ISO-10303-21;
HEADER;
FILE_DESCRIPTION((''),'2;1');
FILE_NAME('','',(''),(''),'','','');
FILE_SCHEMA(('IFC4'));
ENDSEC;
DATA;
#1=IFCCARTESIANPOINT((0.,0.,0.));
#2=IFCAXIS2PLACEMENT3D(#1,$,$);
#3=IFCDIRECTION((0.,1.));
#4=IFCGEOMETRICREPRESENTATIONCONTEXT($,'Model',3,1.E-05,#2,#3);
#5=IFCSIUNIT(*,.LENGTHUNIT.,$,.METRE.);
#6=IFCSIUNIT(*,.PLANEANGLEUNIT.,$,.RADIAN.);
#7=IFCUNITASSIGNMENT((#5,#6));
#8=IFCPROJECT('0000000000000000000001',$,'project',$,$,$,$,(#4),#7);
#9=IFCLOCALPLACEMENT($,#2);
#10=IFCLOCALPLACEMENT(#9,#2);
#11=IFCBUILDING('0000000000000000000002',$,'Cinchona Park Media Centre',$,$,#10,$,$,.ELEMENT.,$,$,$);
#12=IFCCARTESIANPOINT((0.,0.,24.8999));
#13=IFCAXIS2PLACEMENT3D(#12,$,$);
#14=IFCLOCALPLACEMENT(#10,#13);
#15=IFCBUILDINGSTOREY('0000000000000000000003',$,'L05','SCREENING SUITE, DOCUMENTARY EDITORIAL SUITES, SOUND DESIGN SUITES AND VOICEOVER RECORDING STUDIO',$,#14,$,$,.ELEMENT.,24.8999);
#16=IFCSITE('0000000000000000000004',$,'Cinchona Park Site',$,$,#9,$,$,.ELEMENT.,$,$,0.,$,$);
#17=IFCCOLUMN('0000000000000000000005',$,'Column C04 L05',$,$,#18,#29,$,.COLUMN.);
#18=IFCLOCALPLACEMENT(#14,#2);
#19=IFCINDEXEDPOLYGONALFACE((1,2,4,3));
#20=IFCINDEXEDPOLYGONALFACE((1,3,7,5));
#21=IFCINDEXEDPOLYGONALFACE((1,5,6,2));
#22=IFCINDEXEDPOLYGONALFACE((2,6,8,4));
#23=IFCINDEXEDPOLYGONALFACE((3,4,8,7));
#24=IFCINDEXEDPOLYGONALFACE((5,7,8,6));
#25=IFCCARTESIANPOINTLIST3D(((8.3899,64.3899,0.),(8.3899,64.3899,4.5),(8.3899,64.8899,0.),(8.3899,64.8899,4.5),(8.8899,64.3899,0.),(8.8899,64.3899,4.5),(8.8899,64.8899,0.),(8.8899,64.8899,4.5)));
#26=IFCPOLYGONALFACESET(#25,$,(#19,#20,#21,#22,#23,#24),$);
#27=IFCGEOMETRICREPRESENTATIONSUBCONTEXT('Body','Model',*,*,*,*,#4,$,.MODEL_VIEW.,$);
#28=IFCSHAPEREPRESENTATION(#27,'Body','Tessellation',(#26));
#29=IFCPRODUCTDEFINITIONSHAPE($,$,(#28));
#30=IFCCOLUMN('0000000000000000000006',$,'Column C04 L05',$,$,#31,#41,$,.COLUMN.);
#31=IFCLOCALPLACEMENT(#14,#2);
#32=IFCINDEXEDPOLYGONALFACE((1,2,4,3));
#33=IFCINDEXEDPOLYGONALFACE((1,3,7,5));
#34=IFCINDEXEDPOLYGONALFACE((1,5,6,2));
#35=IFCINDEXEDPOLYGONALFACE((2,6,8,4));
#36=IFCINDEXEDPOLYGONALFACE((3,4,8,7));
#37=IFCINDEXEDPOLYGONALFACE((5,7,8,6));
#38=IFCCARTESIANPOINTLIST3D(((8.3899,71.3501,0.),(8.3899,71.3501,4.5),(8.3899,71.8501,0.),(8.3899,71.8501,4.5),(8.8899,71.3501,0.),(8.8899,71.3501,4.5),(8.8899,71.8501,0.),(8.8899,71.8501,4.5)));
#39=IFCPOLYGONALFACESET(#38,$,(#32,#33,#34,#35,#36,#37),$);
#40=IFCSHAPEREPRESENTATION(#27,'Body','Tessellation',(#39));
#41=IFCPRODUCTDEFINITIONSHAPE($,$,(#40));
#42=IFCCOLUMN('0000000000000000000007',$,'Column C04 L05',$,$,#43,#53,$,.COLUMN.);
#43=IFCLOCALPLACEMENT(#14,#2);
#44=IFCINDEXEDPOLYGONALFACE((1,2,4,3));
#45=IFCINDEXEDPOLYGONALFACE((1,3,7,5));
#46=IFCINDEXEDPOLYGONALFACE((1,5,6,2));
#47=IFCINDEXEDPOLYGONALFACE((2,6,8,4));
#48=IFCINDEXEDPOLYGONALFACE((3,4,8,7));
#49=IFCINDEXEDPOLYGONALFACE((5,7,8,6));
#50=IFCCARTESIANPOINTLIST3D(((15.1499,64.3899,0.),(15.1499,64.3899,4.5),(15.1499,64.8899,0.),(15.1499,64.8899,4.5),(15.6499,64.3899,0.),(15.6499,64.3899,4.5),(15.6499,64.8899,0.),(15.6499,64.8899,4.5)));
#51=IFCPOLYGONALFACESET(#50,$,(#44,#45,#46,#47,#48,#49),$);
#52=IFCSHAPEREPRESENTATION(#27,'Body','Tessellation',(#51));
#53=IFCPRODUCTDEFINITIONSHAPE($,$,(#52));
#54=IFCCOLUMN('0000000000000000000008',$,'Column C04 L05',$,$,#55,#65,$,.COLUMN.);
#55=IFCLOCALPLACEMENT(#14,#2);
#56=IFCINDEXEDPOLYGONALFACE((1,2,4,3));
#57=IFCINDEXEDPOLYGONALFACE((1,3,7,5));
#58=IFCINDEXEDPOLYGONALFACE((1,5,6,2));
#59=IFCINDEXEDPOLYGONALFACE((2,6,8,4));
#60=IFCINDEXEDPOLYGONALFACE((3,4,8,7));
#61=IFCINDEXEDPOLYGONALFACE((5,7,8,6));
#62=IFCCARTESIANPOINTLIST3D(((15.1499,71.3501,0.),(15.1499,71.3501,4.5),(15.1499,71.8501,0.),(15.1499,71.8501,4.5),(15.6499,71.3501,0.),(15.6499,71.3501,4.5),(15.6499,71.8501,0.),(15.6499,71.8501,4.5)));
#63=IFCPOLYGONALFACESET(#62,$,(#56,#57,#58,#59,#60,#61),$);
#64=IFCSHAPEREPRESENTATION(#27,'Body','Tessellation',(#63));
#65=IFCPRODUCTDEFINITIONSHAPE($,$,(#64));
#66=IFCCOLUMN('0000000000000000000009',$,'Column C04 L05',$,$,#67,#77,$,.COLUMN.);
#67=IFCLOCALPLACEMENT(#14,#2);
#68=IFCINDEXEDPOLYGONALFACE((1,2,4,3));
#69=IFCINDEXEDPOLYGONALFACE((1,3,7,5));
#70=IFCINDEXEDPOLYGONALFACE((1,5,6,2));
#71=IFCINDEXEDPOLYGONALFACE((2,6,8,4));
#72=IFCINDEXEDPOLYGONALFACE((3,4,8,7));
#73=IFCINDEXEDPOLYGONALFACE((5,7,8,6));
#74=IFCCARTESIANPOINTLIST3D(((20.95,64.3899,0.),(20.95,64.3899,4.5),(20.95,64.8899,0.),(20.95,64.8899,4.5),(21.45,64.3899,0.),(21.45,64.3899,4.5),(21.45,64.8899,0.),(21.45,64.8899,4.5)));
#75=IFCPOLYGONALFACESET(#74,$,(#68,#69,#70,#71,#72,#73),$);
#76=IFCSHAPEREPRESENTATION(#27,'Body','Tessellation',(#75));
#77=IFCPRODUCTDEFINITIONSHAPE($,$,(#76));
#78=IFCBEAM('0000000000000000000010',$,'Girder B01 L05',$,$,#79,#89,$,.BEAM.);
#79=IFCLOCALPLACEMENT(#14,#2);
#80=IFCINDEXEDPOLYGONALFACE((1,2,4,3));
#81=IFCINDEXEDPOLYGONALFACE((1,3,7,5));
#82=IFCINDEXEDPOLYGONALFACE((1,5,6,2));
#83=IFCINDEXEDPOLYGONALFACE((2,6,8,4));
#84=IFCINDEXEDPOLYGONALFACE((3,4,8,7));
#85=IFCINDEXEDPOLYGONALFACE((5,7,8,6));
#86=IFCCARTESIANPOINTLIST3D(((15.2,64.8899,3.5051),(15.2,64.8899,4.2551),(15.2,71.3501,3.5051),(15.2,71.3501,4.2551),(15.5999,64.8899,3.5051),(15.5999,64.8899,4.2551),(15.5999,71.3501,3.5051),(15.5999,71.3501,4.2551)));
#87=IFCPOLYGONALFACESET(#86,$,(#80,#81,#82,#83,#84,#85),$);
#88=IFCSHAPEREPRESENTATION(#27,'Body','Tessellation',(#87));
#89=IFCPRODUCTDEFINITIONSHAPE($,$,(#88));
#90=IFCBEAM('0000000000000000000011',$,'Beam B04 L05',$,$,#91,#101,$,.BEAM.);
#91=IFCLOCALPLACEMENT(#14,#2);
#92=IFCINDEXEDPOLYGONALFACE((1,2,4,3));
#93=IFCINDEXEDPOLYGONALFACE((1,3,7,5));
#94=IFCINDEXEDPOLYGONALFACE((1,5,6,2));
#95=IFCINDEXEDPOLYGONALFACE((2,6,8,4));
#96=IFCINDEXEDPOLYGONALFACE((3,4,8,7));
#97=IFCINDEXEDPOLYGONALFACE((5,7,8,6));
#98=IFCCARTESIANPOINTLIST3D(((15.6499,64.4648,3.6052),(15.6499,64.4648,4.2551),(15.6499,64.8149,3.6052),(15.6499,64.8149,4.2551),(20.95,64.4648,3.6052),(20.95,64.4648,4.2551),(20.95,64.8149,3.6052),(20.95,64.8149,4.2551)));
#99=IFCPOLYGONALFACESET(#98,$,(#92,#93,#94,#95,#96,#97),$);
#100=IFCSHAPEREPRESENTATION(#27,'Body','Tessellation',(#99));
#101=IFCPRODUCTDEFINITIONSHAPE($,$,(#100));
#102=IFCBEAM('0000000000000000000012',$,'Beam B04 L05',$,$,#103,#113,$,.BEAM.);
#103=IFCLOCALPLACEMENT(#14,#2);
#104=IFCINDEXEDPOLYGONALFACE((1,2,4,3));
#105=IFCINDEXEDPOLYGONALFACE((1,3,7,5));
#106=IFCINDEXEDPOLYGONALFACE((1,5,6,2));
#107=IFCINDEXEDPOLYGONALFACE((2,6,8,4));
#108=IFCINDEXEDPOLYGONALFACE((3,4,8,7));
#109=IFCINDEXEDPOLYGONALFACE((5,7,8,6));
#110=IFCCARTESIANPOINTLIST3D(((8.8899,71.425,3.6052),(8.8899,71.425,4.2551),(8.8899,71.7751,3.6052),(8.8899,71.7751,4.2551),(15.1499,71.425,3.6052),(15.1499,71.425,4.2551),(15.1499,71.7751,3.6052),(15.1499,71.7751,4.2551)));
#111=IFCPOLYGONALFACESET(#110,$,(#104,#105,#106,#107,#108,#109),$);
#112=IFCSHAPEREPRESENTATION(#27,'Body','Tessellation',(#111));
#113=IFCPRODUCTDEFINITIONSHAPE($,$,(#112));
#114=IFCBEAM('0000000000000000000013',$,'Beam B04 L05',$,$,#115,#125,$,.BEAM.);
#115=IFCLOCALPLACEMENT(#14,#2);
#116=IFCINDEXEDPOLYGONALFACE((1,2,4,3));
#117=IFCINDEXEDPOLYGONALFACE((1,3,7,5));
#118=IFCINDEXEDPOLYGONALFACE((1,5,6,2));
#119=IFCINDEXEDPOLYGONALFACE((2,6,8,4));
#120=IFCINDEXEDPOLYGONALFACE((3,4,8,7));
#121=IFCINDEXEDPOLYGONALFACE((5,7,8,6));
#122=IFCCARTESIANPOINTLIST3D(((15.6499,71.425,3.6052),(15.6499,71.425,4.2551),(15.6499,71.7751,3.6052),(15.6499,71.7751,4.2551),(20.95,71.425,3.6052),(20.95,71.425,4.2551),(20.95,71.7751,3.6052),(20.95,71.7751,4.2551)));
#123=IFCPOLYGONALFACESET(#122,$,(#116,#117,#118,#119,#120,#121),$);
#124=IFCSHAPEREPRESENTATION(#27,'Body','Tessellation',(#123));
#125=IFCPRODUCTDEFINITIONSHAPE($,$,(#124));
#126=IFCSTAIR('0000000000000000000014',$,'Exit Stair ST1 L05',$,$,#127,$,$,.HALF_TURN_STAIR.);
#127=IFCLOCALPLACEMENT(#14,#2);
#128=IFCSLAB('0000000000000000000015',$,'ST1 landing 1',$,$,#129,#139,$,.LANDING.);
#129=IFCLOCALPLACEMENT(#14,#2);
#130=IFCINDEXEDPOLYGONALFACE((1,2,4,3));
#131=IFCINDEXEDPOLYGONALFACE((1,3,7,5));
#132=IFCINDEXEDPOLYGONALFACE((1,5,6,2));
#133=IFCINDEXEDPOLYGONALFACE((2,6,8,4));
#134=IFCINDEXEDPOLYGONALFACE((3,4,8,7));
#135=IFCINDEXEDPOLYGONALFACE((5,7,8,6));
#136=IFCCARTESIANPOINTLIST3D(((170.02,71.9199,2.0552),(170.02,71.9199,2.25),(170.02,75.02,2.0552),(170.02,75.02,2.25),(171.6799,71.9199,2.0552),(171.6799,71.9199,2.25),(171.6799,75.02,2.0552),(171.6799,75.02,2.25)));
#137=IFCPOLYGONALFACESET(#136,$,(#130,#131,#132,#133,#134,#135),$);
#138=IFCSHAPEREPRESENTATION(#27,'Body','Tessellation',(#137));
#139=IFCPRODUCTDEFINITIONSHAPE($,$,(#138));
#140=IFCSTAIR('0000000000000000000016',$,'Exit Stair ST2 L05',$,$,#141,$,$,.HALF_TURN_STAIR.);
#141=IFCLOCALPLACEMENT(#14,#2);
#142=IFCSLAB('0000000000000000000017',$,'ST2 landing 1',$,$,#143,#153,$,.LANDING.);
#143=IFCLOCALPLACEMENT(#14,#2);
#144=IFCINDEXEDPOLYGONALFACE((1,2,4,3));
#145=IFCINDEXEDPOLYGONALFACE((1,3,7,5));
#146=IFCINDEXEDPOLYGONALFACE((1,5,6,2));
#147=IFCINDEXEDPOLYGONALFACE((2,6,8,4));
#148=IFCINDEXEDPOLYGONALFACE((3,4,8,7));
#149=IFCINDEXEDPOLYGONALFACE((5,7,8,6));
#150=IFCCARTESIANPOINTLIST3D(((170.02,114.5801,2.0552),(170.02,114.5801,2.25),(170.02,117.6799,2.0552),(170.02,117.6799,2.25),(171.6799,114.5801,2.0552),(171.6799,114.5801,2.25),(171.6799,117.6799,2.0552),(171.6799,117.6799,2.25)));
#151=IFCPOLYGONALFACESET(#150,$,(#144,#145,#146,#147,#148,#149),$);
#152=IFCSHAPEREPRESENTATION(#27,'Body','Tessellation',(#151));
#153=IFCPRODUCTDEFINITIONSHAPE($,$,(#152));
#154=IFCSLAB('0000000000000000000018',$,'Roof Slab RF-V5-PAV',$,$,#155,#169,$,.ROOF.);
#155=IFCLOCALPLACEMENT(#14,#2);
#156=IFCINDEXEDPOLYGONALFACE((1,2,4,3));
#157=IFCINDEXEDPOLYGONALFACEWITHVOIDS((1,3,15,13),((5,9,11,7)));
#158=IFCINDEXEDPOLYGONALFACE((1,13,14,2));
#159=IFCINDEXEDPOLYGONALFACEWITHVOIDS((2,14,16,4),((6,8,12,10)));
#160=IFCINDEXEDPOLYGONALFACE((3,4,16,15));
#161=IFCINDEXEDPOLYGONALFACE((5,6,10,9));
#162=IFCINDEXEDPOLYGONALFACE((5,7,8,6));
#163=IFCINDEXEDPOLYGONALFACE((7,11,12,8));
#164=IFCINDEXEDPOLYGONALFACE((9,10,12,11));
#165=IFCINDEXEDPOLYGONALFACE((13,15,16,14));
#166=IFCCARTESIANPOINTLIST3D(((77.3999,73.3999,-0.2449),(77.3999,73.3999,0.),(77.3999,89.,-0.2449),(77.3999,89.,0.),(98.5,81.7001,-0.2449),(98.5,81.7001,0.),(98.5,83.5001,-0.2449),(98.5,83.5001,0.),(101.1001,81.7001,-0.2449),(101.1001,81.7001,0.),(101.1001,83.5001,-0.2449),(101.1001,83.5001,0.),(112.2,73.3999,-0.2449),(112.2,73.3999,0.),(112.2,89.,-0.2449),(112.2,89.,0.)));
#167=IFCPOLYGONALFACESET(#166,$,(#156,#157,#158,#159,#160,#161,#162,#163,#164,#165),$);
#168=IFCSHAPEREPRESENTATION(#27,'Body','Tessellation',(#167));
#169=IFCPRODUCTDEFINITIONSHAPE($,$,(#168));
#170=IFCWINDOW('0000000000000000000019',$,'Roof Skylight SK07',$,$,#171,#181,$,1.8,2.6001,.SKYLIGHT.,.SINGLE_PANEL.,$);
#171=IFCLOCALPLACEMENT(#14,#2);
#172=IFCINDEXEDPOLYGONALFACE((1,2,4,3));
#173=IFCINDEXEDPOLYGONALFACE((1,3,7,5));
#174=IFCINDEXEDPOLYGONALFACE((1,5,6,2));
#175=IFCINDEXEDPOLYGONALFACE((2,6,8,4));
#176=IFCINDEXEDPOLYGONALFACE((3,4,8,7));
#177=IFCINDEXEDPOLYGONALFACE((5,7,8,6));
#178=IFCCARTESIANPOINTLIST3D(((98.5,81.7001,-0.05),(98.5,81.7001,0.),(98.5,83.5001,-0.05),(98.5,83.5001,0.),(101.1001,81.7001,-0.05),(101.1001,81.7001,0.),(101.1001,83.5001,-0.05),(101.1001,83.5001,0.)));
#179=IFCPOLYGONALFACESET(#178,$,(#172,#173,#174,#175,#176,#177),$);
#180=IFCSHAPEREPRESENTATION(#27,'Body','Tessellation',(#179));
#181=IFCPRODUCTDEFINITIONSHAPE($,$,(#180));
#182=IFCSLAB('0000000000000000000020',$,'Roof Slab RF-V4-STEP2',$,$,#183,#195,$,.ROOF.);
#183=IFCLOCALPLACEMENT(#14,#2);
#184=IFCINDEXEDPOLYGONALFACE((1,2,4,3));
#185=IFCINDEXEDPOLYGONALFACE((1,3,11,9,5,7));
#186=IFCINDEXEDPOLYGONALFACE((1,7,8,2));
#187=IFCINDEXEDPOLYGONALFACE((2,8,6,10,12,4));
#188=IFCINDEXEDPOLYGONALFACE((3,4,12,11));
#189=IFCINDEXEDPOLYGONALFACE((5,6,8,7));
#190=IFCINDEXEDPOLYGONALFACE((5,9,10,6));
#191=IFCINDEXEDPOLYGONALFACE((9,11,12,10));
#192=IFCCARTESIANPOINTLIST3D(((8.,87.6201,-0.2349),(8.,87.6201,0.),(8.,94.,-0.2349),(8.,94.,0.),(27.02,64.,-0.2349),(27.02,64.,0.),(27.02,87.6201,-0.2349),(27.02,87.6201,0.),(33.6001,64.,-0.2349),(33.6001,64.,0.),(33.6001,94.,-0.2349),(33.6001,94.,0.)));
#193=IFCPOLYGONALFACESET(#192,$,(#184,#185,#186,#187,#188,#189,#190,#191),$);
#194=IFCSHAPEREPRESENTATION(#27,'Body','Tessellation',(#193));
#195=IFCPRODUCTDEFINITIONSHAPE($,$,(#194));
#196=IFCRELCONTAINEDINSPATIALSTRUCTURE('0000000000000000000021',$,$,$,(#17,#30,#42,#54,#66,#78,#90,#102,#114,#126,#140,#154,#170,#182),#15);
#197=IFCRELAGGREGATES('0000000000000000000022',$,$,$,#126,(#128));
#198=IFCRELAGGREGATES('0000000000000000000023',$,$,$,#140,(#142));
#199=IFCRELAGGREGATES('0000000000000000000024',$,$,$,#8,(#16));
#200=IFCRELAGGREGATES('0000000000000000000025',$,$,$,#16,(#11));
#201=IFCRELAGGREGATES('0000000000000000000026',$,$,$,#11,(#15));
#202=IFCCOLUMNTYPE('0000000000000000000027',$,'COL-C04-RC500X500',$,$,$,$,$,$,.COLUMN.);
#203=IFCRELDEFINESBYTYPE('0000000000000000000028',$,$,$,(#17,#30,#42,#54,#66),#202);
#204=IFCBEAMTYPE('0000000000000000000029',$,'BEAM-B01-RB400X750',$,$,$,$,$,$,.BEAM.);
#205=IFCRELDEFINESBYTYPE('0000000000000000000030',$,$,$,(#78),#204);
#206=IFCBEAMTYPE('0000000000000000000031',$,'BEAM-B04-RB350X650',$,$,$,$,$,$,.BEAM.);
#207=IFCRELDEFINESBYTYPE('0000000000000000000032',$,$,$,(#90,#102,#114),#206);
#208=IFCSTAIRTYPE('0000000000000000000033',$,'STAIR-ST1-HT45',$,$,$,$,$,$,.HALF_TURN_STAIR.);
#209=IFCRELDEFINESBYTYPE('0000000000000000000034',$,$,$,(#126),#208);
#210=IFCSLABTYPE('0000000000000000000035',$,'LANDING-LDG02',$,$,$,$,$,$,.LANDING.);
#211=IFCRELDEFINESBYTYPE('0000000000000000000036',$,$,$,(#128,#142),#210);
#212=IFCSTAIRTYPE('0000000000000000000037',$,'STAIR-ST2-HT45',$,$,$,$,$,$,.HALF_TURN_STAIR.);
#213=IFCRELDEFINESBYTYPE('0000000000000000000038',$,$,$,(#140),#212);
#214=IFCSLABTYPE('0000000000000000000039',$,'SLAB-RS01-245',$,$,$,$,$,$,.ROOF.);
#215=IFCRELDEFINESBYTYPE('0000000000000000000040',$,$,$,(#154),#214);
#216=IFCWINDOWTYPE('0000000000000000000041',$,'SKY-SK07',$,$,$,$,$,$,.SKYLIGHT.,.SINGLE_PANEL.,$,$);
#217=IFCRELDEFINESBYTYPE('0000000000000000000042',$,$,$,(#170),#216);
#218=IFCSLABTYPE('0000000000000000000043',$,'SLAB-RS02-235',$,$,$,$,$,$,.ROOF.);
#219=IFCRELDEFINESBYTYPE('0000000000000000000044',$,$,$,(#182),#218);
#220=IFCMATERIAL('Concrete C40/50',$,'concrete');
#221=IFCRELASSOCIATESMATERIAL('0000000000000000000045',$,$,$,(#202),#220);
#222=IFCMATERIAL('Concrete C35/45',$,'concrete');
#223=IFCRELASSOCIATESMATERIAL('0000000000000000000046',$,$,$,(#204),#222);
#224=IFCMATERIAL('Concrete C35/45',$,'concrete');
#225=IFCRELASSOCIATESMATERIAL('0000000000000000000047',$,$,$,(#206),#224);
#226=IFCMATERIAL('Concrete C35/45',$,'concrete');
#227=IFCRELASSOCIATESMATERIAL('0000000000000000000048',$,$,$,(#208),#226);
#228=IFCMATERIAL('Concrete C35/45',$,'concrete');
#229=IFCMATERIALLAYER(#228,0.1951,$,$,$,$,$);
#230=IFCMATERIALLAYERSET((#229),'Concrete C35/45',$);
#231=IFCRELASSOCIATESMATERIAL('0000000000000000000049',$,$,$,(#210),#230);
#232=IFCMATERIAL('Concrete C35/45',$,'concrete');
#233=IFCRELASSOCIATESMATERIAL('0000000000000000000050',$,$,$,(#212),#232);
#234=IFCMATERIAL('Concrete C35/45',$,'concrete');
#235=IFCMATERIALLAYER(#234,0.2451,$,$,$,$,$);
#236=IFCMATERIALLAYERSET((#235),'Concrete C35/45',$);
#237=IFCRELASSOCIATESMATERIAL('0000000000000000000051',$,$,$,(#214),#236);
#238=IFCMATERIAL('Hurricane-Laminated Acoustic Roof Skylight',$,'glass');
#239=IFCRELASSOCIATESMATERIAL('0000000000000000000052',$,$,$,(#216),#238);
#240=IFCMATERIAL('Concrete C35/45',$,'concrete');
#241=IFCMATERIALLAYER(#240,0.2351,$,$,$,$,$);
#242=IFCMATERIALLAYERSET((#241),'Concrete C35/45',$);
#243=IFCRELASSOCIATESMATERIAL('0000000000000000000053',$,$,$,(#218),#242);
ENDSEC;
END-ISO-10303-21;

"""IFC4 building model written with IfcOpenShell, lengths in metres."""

from ifc_helpers import new_model, si_unit, direction, frame, origin, origin_2d, place, context, subcontext, project, spatial, polyline, rectangle, outline, extrude, material, layer, layer_set, material_profile, profile_set, type_object, element, fill, aggregate, save


model = new_model("IFC4")

# Units and contexts
model_context = context("Model", 3, precision=1e-05, world=origin(), true_north=direction((0.0, 1.0)))
body_context = subcontext(model_context, "Body", "Model", "MODEL_VIEW")
ifc_project = project(units=[si_unit("LENGTHUNIT", "METRE"), si_unit("PLANEANGLEUNIT", "RADIAN")], contexts=[model_context])

# Site, building, storey
site_placement = place(None, origin())
site = spatial("IfcSite", under=ifc_project, at=site_placement, Name="Cinchona Park Site", CompositionType="ELEMENT", RefElevation=0.0)
building_placement = place(site_placement, origin())
building = spatial("IfcBuilding", under=site, at=building_placement, Name="Cinchona Park Media Centre", CompositionType="ELEMENT")
storey_placement = place(building_placement, frame((0.0, 0.0, 24.8999)))
storey = spatial("IfcBuildingStorey", under=building, at=storey_placement, Name="L05", Description="SCREENING SUITE, DOCUMENTARY EDITORIAL SUITES, SOUND DESIGN SUITES AND VOICEOVER RECORDING STUDIO", CompositionType="ELEMENT", Elevation=24.8999)

# Columns
ifc_material_1 = material(Name="Concrete C40/50", Category="concrete")
ifc_material_profile_1 = material_profile(ifc_material_1, rectangle(XDim=0.5, YDim=0.5, at=origin_2d()), Name="RC 500X500")
ifc_profile_set_1 = profile_set([ifc_material_profile_1], Name="Concrete C40/50")
column_type = type_object("IfcColumnType", Name="COL-C04-RC500X500", PredefinedType="COLUMN", material=ifc_profile_set_1)
for number, where, z_axis, x_axis, name in (
    (1, (8.6399, 64.6399, 0.0), (0.0, 0.0, 1.0), (1.0, 0.0, 0.0), "Column C04 L05"),
    (2, (8.6399, 71.6001, 0.0), (0.0, 0.0, 1.0), (1.0, 0.0, 0.0), "Column C04 L05"),
    (3, (15.3999, 64.6399, 0.0), (0.0, 0.0, 1.0), (1.0, 0.0, 0.0), "Column C04 L05"),
    (4, (15.3999, 71.6001, 0.0), (0.0, 0.0, 1.0), (1.0, 0.0, 0.0), "Column C04 L05"),
    (5, (21.2, 64.6399, 0.0), (0.0, 0.0, 1.0), (1.0, 0.0, 0.0), "Column C04 L05"),
):
    element("IfcColumn", number, at=place(storey_placement, frame(where, z_axis=z_axis, x_axis=x_axis)), inside=storey, type_object=column_type, Name=name, PredefinedType="COLUMN", context=body_context, shape_type="SweptSolid", body=[
        extrude(rectangle(XDim=0.5, YDim=0.5, at=origin_2d()), origin(), (0.0, 0.0, 1.0), 4.5),
    ])

# Beams
ifc_material_2 = material(Name="Concrete C35/45", Category="concrete")
ifc_material_profile_2 = material_profile(ifc_material_2, rectangle(XDim=0.3999, YDim=0.75, at=origin_2d()), Name="RB 400X750")
ifc_profile_set_2 = profile_set([ifc_material_profile_2], Name="Concrete C35/45")
beam_type_1 = type_object("IfcBeamType", Name="BEAM-B01-RB400X750", PredefinedType="BEAM", material=ifc_profile_set_2)
beam_1_placement = place(storey_placement, frame((15.3999, 64.8899, 3.8801), z_axis=(0.0, 1.0, 0.0), x_axis=(-1.0, 0.0, 0.0)))
element("IfcBeam", 6, at=beam_1_placement, inside=storey, type_object=beam_type_1, Name="Girder B01 L05", PredefinedType="BEAM", context=body_context, shape_type="SweptSolid", body=[
    extrude(rectangle(XDim=0.3999, YDim=0.75, at=origin_2d()), origin(), (0.0, 0.0, 1.0), 6.4602),
])
ifc_material_3 = material(Name="Concrete C35/45", Category="concrete")
ifc_material_profile_3 = material_profile(ifc_material_3, rectangle(XDim=0.3501, YDim=0.6499, at=origin_2d()), Name="RB 350X650")
ifc_profile_set_3 = profile_set([ifc_material_profile_3], Name="Concrete C35/45")
beam_type_2 = type_object("IfcBeamType", Name="BEAM-B04-RB350X650", PredefinedType="BEAM", material=ifc_profile_set_3)
beam_2_placement = place(storey_placement, frame((15.6499, 64.6399, 3.9302), z_axis=(1.0, 0.0, 0.0), x_axis=(0.0, 1.0, 0.0)))
element("IfcBeam", 7, at=beam_2_placement, inside=storey, type_object=beam_type_2, Name="Beam B04 L05", PredefinedType="BEAM", context=body_context, shape_type="SweptSolid", body=[
    extrude(rectangle(XDim=0.3501, YDim=0.6499, at=origin_2d()), origin(), (0.0, 0.0, 1.0), 5.3),
])
beam_3_placement = place(storey_placement, frame((8.8899, 71.6001, 3.9302), z_axis=(1.0, 0.0, 0.0), x_axis=(0.0, 1.0, 0.0)))
element("IfcBeam", 8, at=beam_3_placement, inside=storey, type_object=beam_type_2, Name="Beam B04 L05", PredefinedType="BEAM", context=body_context, shape_type="SweptSolid", body=[
    extrude(rectangle(XDim=0.3501, YDim=0.6499, at=origin_2d()), origin(), (0.0, 0.0, 1.0), 6.26),
])
beam_4_placement = place(storey_placement, frame((15.6499, 71.6001, 3.9302), z_axis=(1.0, 0.0, 0.0), x_axis=(0.0, 1.0, 0.0)))
element("IfcBeam", 9, at=beam_4_placement, inside=storey, type_object=beam_type_2, Name="Beam B04 L05", PredefinedType="BEAM", context=body_context, shape_type="SweptSolid", body=[
    extrude(rectangle(XDim=0.3501, YDim=0.6499, at=origin_2d()), origin(), (0.0, 0.0, 1.0), 5.3),
])

# Stairs, slabs
ifc_material_4 = material(Name="Concrete C35/45", Category="concrete")
stair_type_1 = type_object("IfcStairType", Name="STAIR-ST1-HT45", PredefinedType="HALF_TURN_STAIR", material=ifc_material_4)
stair_1_placement = place(storey_placement, origin())
stair_1 = element("IfcStair", 10, at=stair_1_placement, inside=storey, type_object=stair_type_1, Name="Exit Stair ST1 L05", PredefinedType="HALF_TURN_STAIR")
ifc_material_5 = material(Name="Concrete C35/45", Category="concrete")
ifc_layer_1 = layer(ifc_material_5, 0.1951)
ifc_layer_set_1 = layer_set([ifc_layer_1], Name="Concrete C35/45")
slab_type_1 = type_object("IfcSlabType", Name="LANDING-LDG02", PredefinedType="LANDING", material=ifc_layer_set_1)
slab_1_placement = place(storey_placement, frame((0.0, 0.0, 2.0552)))
slab_1 = element("IfcSlab", 11, at=slab_1_placement, type_object=slab_type_1, Name="ST1 landing 1", PredefinedType="LANDING", context=body_context, shape_type="SweptSolid", body=[
    extrude(outline(polyline([(170.02, 71.9199), (171.6799, 71.9199), (171.6799, 75.02), (170.02, 75.02), (170.02, 71.9199)])), origin(), (0.0, 0.0, 1.0), 0.1948),
])
aggregate(stair_1, [slab_1])
ifc_material_6 = material(Name="Concrete C35/45", Category="concrete")
stair_type_2 = type_object("IfcStairType", Name="STAIR-ST2-HT45", PredefinedType="HALF_TURN_STAIR", material=ifc_material_6)
stair_2_placement = place(storey_placement, origin())
stair_2 = element("IfcStair", 12, at=stair_2_placement, inside=storey, type_object=stair_type_2, Name="Exit Stair ST2 L05", PredefinedType="HALF_TURN_STAIR")
slab_2_placement = place(storey_placement, frame((0.0, 0.0, 2.0552)))
slab_2 = element("IfcSlab", 13, at=slab_2_placement, type_object=slab_type_1, Name="ST2 landing 1", PredefinedType="LANDING", context=body_context, shape_type="SweptSolid", body=[
    extrude(outline(polyline([(170.02, 114.5801), (171.6799, 114.5801), (171.6799, 117.6799), (170.02, 117.6799), (170.02, 114.5801)])), origin(), (0.0, 0.0, 1.0), 0.1948),
])
aggregate(stair_2, [slab_2])

# Slab, opening, window
ifc_material_7 = material(Name="Concrete C35/45", Category="concrete")
ifc_layer_2 = layer(ifc_material_7, 0.2451)
ifc_layer_set_2 = layer_set([ifc_layer_2], Name="Concrete C35/45")
slab_type_2 = type_object("IfcSlabType", Name="SLAB-RS01-245", PredefinedType="ROOF", material=ifc_layer_set_2)
slab_3_placement = place(storey_placement, frame((0.0, 0.0, -0.2449)))
slab_3 = element("IfcSlab", 14, at=slab_3_placement, inside=storey, type_object=slab_type_2, Name="Roof Slab RF-V5-PAV", PredefinedType="ROOF", context=body_context, shape_type="SweptSolid", body=[
    extrude(outline(polyline([(77.3999, 73.3999), (112.2, 73.3999), (112.2, 89.0), (77.3999, 89.0), (77.3999, 73.3999)])), origin(), (0.0, 0.0, 1.0), 0.2449),
])
opening_1_placement = place(slab_3_placement, frame((99.8, 82.6001, 0.0)))
opening_1 = element("IfcOpeningElement", 15, at=opening_1_placement, cuts=slab_3, PredefinedType="OPENING", context=body_context, shape_type="SweptSolid", body=[
    extrude(rectangle(XDim=2.6001, YDim=1.8, at=origin_2d()), origin(), (0.0, 0.0, 1.0), 0.2449),
])
ifc_material_8 = material(Name="Hurricane-Laminated Acoustic Roof Skylight", Category="glass")
window_type = type_object("IfcWindowType", Name="SKY-SK07", PartitioningType="SINGLE_PANEL", PredefinedType="SKYLIGHT", material=ifc_material_8)
window_placement = place(opening_1_placement, frame((0.0, 0.0, 0.1948)))
window = element("IfcWindow", 16, at=window_placement, inside=storey, type_object=window_type, Name="Roof Skylight SK07", OverallHeight=1.8, OverallWidth=2.6001, PartitioningType="SINGLE_PANEL", PredefinedType="SKYLIGHT", context=body_context, shape_type="SweptSolid", body=[
    extrude(rectangle(XDim=2.6001, YDim=1.8, at=origin_2d()), origin(), (0.0, 0.0, 1.0), 0.05),
])
fill(opening_1, window)

# Slab
ifc_material_9 = material(Name="Concrete C35/45", Category="concrete")
ifc_layer_3 = layer(ifc_material_9, 0.2351)
ifc_layer_set_3 = layer_set([ifc_layer_3], Name="Concrete C35/45")
slab_type_3 = type_object("IfcSlabType", Name="SLAB-RS02-235", PredefinedType="ROOF", material=ifc_layer_set_3)
slab_4_placement = place(storey_placement, frame((0.0, 0.0, -0.2349)))
element("IfcSlab", 17, at=slab_4_placement, inside=storey, type_object=slab_type_3, Name="Roof Slab RF-V4-STEP2", PredefinedType="ROOF", context=body_context, shape_type="SweptSolid", body=[
    extrude(outline(polyline([(27.02, 64.0), (33.6001, 64.0), (33.6001, 94.0), (8.0, 94.0), (8.0, 87.6201), (27.02, 87.6201), (27.02, 64.0)])), origin(), (0.0, 0.0, 1.0), 0.2349),
])

save(model, "model.ifc")
